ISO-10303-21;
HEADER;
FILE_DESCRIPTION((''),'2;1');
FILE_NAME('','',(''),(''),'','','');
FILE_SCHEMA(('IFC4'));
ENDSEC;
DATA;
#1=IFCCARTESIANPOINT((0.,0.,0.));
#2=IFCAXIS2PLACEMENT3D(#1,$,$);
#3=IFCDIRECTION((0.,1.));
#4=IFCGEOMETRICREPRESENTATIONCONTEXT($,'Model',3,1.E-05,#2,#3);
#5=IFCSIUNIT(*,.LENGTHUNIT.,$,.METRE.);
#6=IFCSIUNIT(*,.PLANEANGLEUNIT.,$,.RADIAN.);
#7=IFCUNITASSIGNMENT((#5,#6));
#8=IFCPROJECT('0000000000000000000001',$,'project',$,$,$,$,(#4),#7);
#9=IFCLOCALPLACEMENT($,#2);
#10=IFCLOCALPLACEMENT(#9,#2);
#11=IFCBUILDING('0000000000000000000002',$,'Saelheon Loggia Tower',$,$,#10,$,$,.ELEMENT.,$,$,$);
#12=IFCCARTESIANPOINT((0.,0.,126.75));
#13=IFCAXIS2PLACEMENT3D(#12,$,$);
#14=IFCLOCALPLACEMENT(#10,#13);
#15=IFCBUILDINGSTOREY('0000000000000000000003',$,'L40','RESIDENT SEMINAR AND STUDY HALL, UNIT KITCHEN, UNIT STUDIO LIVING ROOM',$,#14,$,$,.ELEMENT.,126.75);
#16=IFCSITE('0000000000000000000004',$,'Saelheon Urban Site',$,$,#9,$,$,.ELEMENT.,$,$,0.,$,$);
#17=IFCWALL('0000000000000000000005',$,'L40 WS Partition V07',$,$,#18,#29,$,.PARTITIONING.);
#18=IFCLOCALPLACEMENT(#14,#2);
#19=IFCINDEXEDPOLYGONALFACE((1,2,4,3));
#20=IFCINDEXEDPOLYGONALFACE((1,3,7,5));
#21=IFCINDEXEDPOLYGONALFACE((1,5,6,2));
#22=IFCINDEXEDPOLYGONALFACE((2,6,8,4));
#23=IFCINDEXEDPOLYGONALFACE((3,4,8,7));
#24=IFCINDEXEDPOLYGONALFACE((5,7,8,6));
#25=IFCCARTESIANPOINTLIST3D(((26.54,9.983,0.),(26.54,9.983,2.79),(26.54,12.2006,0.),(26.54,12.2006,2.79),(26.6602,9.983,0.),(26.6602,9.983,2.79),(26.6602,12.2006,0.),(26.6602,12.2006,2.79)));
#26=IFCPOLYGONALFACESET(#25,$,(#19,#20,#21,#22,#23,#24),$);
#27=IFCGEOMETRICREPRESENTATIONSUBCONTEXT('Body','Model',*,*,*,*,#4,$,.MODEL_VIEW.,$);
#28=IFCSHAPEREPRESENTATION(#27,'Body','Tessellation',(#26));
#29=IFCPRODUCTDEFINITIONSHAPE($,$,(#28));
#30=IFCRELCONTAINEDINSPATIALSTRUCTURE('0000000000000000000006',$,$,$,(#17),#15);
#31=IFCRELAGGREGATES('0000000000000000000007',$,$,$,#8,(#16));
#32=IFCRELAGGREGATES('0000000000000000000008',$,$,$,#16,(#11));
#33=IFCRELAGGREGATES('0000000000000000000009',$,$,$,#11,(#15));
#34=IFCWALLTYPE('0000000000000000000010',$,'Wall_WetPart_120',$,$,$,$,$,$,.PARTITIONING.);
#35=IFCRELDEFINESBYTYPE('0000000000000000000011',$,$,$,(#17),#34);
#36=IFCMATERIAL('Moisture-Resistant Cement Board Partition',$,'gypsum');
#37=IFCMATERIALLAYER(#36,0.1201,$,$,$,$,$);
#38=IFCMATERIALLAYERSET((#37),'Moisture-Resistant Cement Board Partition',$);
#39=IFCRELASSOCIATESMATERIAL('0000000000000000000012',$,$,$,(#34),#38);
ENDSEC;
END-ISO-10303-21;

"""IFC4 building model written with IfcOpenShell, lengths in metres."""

from ifc_helpers import new_model, si_unit, direction, frame, frame_2d, origin, place, context, subcontext, project, spatial, rectangle, extrude, material, layer, layer_set, type_object, element, save


model = new_model("IFC4")

# Units and contexts
model_context = context("Model", 3, precision=1e-05, world=origin(), true_north=direction((0.0, 1.0)))
body_context = subcontext(model_context, "Body", "Model", "MODEL_VIEW")
ifc_project = project(units=[si_unit("LENGTHUNIT", "METRE"), si_unit("PLANEANGLEUNIT", "RADIAN")], contexts=[model_context])

# Site, building, storey
site_placement = place(None, origin())
site = spatial("IfcSite", under=ifc_project, at=site_placement, Name="Saelheon Urban Site", CompositionType="ELEMENT", RefElevation=0.0)
building_placement = place(site_placement, origin())
building = spatial("IfcBuilding", under=site, at=building_placement, Name="Saelheon Loggia Tower", CompositionType="ELEMENT")
storey_placement = place(building_placement, frame((0.0, 0.0, 126.75)))
storey = spatial("IfcBuildingStorey", under=building, at=storey_placement, Name="L40", Description="RESIDENT SEMINAR AND STUDY HALL, UNIT KITCHEN, UNIT STUDIO LIVING ROOM", CompositionType="ELEMENT", Elevation=126.75)

# Shared definitions
ifc_material_1 = material(Name="Moisture-Resistant Cement Board Partition", Category="gypsum")
ifc_layer_1 = layer(ifc_material_1, 0.1201)
ifc_layer_set_1 = layer_set([ifc_layer_1], Name="Moisture-Resistant Cement Board Partition")
wall_type_1 = type_object("IfcWallType", Name="Wall_WetPart_120", PredefinedType="PARTITIONING", material=ifc_layer_set_1)

# Wall
wall_1_placement = place(storey_placement, frame((26.6001, 9.9829, 0.0), z_axis=(0.0, 0.0, 1.0), x_axis=(0.0, 1.0, 0.0)))
element("IfcWall", 1, at=wall_1_placement, inside=storey, type_object=wall_type_1, Name="L40 WS Partition V07", PredefinedType="PARTITIONING", context=body_context, shape_type="SweptSolid", body=[
    extrude(rectangle(XDim=2.2175, YDim=0.1201, at=frame_2d((1.1089, 0.0))), origin(), (0.0, 0.0, 1.0), 2.79),
])

save(model, "model.ifc")
